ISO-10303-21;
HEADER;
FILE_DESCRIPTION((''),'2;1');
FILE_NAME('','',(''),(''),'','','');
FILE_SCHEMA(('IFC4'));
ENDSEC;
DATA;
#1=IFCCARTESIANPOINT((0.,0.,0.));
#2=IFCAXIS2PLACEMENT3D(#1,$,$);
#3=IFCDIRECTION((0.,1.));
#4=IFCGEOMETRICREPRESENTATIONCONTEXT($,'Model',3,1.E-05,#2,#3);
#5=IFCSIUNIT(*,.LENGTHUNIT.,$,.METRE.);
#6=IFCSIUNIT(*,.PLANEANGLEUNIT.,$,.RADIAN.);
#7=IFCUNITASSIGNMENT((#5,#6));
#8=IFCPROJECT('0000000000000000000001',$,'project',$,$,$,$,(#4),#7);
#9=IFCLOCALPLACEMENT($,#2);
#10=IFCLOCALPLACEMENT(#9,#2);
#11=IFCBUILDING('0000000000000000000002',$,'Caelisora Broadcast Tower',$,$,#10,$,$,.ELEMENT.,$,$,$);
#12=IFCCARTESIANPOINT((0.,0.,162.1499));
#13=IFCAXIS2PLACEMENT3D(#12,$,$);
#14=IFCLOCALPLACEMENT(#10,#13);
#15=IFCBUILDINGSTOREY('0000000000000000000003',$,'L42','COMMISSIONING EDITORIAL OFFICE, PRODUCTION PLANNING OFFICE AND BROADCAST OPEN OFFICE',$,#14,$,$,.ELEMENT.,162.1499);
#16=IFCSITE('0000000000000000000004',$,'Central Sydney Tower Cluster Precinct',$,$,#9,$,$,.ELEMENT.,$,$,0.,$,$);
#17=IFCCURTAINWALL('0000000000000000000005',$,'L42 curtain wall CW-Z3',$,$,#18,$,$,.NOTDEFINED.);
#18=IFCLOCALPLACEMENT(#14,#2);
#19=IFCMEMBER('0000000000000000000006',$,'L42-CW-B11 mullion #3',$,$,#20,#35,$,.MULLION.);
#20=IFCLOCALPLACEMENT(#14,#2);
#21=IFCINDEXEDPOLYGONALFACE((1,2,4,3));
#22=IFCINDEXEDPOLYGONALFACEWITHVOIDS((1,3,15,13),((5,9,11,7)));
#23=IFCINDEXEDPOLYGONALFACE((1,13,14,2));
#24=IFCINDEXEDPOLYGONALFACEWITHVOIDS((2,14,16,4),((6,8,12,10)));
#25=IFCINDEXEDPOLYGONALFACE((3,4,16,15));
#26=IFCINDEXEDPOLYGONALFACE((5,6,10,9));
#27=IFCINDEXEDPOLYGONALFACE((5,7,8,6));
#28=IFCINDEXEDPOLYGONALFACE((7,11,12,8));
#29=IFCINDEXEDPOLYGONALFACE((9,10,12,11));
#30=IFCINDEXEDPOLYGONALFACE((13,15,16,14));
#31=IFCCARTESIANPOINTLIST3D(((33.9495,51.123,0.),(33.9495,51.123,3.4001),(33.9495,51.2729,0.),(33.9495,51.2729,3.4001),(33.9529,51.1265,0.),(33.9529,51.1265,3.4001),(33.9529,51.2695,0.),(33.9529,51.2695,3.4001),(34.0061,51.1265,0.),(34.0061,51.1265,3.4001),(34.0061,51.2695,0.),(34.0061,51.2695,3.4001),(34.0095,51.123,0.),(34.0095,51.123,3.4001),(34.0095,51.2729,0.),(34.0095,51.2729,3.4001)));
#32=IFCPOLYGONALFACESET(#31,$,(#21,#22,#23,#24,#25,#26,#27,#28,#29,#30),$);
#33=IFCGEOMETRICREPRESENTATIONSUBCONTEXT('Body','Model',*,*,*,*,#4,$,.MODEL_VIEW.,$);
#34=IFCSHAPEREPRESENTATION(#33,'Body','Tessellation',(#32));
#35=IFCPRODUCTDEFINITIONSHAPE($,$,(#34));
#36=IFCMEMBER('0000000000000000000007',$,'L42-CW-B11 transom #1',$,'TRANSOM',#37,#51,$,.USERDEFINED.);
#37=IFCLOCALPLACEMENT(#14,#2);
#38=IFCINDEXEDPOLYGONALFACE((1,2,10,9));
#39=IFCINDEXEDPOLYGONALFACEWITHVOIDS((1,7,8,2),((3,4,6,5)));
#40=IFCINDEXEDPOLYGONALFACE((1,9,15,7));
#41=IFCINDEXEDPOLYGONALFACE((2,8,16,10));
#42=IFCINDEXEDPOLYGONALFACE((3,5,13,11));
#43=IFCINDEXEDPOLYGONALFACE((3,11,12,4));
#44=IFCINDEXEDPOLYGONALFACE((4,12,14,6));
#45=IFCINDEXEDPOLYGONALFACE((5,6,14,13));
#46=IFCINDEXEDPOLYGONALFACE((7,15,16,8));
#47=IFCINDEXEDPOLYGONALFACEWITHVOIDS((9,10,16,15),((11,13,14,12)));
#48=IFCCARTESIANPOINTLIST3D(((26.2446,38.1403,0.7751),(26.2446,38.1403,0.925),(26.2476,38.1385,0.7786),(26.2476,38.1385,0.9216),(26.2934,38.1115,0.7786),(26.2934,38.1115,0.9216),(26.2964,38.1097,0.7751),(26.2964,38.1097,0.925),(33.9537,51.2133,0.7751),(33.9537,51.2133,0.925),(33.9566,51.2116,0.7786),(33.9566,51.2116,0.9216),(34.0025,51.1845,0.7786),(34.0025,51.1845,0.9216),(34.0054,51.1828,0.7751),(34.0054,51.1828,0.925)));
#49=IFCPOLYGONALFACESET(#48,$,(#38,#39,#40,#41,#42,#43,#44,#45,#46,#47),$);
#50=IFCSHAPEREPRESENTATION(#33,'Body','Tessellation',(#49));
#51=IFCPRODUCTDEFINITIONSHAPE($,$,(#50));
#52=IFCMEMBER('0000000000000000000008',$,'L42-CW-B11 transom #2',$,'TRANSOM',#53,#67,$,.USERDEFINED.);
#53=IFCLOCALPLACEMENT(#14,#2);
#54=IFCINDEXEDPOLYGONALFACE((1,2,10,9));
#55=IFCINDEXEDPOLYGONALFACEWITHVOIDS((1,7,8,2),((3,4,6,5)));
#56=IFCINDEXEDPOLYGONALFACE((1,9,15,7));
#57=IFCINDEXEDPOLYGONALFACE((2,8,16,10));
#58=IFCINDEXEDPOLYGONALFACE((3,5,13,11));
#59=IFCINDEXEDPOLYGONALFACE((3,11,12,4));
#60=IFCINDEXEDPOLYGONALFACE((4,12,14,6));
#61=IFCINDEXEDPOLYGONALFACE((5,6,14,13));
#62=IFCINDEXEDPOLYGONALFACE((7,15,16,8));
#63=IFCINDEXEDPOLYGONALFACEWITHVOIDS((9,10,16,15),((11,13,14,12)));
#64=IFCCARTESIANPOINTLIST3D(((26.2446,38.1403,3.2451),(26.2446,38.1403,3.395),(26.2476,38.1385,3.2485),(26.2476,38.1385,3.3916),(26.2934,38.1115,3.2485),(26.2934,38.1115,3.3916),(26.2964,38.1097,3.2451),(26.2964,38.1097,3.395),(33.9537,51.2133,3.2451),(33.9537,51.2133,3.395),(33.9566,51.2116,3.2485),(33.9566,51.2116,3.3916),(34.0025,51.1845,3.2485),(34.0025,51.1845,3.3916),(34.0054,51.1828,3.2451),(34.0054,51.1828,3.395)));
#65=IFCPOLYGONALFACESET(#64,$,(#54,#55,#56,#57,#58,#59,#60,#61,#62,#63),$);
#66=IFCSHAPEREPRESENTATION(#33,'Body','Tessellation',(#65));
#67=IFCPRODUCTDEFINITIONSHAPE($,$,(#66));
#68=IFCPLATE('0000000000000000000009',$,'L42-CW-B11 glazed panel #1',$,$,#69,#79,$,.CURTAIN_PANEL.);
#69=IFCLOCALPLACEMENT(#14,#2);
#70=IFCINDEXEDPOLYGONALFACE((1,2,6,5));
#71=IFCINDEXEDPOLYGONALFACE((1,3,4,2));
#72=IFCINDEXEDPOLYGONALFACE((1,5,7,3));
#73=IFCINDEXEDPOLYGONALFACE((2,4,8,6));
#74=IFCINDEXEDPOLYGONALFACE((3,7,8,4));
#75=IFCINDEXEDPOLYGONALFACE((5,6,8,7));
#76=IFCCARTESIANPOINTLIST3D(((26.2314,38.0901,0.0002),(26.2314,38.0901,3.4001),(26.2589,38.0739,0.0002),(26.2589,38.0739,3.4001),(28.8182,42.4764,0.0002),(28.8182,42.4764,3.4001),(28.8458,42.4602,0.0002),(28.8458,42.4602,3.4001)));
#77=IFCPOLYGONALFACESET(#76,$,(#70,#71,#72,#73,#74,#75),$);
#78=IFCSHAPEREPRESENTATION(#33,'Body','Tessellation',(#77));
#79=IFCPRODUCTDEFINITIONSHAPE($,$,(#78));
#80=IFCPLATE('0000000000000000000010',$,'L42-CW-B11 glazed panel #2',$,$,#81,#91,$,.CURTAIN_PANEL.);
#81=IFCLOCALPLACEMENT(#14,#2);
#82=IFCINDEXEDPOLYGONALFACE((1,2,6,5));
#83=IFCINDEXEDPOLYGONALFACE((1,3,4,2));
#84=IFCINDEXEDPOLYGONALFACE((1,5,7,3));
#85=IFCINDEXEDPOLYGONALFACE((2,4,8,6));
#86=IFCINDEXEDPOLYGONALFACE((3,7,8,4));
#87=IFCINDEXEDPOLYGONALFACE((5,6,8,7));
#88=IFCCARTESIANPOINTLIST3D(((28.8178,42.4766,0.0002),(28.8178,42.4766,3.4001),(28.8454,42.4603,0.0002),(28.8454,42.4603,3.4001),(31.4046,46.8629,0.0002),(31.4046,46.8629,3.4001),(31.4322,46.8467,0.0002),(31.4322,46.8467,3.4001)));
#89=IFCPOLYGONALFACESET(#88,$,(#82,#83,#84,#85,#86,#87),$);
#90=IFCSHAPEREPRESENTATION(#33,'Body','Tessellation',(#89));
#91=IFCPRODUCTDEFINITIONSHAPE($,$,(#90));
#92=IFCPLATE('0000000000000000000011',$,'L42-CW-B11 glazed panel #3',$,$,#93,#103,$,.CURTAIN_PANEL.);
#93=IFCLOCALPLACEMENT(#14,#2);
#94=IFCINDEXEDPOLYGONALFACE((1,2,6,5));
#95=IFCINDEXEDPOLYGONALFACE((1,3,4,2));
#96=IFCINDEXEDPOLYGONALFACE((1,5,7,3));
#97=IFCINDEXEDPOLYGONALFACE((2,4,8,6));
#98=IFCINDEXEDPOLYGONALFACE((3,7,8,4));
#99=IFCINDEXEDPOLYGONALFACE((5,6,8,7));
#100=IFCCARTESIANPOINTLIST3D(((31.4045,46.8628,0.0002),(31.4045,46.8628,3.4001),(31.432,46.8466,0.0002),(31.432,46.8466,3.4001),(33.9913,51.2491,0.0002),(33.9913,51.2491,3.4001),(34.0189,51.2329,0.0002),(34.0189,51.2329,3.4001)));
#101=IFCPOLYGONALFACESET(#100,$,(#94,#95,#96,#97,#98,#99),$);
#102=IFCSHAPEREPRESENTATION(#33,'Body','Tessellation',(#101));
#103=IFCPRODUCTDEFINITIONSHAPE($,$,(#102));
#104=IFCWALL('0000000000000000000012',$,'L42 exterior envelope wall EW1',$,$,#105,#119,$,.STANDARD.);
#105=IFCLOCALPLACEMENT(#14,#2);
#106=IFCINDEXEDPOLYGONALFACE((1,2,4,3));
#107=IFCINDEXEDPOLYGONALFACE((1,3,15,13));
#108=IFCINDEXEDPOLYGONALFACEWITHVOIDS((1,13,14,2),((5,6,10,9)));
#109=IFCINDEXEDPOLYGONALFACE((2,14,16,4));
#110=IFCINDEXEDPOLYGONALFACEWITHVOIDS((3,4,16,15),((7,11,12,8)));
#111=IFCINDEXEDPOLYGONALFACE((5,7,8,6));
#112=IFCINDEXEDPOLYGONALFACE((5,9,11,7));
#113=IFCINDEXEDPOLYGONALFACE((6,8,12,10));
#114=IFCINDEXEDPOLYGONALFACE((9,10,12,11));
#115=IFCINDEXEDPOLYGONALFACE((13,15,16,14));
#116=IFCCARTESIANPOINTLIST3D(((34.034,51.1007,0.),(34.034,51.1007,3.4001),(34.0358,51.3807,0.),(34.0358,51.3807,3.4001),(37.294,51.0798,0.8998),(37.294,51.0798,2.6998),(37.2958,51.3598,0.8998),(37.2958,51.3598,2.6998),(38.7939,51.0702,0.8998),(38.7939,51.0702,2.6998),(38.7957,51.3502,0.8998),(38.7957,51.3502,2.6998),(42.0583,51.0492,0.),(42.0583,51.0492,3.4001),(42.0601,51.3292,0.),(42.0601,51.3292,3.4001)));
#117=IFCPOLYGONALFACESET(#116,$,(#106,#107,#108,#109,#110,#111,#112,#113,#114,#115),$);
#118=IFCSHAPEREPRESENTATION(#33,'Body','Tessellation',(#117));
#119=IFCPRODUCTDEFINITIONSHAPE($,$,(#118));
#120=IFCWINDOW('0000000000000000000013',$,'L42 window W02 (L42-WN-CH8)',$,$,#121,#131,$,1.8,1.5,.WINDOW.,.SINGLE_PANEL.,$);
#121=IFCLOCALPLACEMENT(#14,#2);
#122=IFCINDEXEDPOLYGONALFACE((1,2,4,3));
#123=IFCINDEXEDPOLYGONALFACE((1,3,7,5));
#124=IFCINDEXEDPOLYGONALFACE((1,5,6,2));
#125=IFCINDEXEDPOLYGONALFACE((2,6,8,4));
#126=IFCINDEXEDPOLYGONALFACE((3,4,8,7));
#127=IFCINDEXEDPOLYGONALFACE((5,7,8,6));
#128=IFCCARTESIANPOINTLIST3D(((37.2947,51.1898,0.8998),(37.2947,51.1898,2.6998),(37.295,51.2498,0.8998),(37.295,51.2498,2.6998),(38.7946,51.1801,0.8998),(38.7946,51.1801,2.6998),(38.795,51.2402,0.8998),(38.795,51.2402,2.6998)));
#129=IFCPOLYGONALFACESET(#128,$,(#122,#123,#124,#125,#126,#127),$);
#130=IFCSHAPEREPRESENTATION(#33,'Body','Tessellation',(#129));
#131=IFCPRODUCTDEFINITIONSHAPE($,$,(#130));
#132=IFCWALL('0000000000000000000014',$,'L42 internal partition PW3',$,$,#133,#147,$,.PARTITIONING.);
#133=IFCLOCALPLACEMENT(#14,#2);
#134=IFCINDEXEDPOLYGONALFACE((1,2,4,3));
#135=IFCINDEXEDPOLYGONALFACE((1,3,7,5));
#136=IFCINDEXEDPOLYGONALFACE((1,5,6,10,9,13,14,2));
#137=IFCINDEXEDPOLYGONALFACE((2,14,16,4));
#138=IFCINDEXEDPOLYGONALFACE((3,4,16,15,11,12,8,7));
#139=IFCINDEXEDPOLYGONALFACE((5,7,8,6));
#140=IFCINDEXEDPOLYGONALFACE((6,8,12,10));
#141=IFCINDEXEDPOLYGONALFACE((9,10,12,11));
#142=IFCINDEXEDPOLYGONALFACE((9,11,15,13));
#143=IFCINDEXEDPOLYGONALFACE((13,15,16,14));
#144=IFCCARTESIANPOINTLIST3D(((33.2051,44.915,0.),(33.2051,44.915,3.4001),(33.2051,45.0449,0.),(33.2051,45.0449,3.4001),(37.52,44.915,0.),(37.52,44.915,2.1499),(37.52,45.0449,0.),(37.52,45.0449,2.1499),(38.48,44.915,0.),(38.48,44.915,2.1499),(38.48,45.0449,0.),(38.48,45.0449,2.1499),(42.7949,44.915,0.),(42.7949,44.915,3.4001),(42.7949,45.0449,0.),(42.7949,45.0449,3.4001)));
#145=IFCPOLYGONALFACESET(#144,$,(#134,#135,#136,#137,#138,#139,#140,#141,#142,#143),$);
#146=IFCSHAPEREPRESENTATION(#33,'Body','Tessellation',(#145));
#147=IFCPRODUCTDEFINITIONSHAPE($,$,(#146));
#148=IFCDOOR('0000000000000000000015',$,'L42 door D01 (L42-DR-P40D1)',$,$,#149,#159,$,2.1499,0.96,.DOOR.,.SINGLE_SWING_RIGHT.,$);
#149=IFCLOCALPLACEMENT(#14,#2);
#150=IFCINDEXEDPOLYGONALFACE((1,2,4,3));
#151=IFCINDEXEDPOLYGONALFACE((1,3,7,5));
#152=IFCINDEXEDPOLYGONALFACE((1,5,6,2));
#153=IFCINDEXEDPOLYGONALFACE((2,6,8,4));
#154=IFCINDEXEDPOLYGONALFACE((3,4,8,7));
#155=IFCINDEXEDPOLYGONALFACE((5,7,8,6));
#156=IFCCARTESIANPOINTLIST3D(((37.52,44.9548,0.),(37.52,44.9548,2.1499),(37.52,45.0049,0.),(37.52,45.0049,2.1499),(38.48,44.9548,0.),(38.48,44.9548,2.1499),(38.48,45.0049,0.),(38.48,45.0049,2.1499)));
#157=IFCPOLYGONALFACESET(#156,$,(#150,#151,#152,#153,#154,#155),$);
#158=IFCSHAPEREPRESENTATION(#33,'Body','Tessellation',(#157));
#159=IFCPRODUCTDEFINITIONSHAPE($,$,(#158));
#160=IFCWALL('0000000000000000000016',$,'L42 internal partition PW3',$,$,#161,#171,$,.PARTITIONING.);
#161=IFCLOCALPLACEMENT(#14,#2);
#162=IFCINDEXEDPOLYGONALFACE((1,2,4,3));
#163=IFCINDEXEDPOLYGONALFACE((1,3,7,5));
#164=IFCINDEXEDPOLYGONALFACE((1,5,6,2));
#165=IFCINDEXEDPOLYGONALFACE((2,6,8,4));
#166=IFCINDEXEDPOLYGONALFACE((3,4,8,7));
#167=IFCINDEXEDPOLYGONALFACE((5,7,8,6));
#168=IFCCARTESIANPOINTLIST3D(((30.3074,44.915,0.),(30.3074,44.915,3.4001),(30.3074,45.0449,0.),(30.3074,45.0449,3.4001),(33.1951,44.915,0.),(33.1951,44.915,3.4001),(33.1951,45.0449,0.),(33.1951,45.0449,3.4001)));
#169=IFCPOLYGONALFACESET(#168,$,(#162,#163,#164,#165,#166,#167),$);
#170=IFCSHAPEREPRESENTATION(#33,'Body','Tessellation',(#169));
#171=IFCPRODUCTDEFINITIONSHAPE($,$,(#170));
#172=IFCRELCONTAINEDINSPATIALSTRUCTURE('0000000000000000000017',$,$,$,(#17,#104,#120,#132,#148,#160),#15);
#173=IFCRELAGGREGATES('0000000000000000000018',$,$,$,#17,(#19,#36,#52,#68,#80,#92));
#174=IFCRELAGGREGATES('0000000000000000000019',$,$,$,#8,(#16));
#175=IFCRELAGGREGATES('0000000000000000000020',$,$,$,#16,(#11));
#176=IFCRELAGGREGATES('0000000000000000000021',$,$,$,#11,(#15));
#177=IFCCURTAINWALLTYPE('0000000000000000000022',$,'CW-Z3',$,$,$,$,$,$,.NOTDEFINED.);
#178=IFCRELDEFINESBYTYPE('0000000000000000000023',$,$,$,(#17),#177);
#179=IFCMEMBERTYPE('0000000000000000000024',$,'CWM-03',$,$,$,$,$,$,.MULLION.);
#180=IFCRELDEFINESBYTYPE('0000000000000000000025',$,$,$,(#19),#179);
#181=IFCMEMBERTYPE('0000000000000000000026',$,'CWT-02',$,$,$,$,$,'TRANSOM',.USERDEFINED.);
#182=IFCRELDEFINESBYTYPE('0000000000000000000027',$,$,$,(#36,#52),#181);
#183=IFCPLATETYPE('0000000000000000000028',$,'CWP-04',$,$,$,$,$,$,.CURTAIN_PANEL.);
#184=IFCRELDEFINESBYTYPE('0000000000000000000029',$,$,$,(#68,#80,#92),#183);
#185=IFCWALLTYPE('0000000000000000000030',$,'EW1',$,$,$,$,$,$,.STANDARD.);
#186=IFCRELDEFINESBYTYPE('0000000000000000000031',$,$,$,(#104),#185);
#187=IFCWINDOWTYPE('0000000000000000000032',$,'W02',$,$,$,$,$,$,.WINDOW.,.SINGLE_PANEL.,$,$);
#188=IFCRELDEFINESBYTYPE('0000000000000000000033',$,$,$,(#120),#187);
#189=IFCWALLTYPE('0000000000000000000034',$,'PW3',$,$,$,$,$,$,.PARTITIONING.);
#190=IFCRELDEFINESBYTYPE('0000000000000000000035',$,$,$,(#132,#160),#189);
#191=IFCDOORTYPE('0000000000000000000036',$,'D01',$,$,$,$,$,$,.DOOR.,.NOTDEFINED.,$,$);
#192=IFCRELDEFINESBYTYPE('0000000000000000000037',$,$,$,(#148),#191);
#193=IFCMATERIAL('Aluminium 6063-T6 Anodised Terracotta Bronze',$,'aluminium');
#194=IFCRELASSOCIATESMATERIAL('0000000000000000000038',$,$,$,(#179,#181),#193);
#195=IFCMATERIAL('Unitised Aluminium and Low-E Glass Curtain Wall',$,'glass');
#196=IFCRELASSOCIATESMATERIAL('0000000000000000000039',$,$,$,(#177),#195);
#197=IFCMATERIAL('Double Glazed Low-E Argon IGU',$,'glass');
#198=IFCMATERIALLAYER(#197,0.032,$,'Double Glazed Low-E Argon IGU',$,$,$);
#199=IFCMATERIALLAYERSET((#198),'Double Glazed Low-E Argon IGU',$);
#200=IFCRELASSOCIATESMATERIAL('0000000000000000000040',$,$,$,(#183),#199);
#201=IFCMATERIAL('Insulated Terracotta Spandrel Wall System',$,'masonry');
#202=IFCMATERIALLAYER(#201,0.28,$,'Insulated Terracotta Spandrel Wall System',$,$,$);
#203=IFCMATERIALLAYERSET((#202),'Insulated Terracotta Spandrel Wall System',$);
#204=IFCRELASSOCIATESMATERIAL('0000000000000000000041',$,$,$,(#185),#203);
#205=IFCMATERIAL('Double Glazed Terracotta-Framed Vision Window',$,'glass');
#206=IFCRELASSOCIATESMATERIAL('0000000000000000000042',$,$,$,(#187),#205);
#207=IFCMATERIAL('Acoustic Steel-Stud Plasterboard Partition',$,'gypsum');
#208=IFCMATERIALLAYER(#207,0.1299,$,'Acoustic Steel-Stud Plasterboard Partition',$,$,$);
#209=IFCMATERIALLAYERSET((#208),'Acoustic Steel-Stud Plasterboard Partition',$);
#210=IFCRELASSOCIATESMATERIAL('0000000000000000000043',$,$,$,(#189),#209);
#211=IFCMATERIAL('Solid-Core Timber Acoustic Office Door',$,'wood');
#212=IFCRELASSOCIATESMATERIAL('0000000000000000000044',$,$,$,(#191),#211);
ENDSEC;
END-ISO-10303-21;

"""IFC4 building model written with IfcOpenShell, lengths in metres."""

from ifc_helpers import new_model, si_unit, direction, frame, frame_2d, origin, origin_2d, place, context, subcontext, project, spatial, rectangle, hollow_rectangle, extrude, source, transform, mapped, material, layer, layer_set, material_profile, profile_set, type_object, type_shapes, element, fill, aggregate, save


model = new_model("IFC4")

# Units and contexts
model_context = context("Model", 3, precision=1e-05, world=origin(), true_north=direction((0.0, 1.0)))
body_context = subcontext(model_context, "Body", "Model", "MODEL_VIEW")
ifc_project = project(units=[si_unit("LENGTHUNIT", "METRE"), si_unit("PLANEANGLEUNIT", "RADIAN")], contexts=[model_context])

# Site, building, storey
site_placement = place(None, origin())
site = spatial("IfcSite", under=ifc_project, at=site_placement, Name="Central Sydney Tower Cluster Precinct", CompositionType="ELEMENT", RefElevation=0.0)
building_placement = place(site_placement, origin())
building = spatial("IfcBuilding", under=site, at=building_placement, Name="Caelisora Broadcast Tower", CompositionType="ELEMENT")
storey_placement = place(building_placement, frame((0.0, 0.0, 162.1499)))
storey = spatial("IfcBuildingStorey", under=building, at=storey_placement, Name="L42", Description="COMMISSIONING EDITORIAL OFFICE, PRODUCTION PLANNING OFFICE AND BROADCAST OPEN OFFICE", CompositionType="ELEMENT", Elevation=162.1499)

# Shared definitions
ifc_material_1 = material(Name="Aluminium 6063-T6 Anodised Terracotta Bronze", Category="aluminium")
ifc_material_profile_1 = material_profile(ifc_material_1, hollow_rectangle(XDim=0.0601, YDim=0.1499, WallThickness=0.0034, at=origin_2d()), Name="Aluminium 6063-T6 Anodised Terracotta Bronze")
ifc_profile_set_1 = profile_set([ifc_material_profile_1], Name="Aluminium 6063-T6 Anodised Terracotta Bronze")
member_type_1 = type_object("IfcMemberType", Name="CWM-03", PredefinedType="MULLION", material=ifc_profile_set_1)
shared_shape_1 = source(origin(), body_context, "Body", "SweptSolid", [
    extrude(hollow_rectangle(XDim=0.0601, YDim=0.1499, WallThickness=0.0034, at=origin_2d()), origin(), (0.0, 0.0, 1.0), 3.4001),
])
type_shapes(member_type_1, [shared_shape_1])

# Curtain wall, members, plates
ifc_material_2 = material(Name="Unitised Aluminium and Low-E Glass Curtain Wall", Category="glass")
curtain_wall_type_1 = type_object("IfcCurtainWallType", Name="CW-Z3", PredefinedType="NOTDEFINED", material=ifc_material_2)
curtain_wall_1_placement = place(storey_placement, origin())
curtain_wall_1 = element("IfcCurtainWall", 1, at=curtain_wall_1_placement, inside=storey, type_object=curtain_wall_type_1, Name="L42 curtain wall CW-Z3", PredefinedType="NOTDEFINED")
member_1_placement = place(storey_placement, frame((33.9795, 51.198, 0.0), z_axis=(0.0, 0.0, 1.0), x_axis=(1.0, 0.0, 0.0)))
member_1 = element("IfcMember", 2, at=member_1_placement, type_object=member_type_1, Name="L42-CW-B11 mullion #3", PredefinedType="MULLION", context=body_context, shape_type="MappedRepresentation", body=[
    mapped(shared_shape_1, transform((0.0, 0.0, 0.0), scale=1.0)),
])
ifc_material_profile_2 = material_profile(ifc_material_1, hollow_rectangle(XDim=0.0601, YDim=0.1499, WallThickness=0.0034, at=origin_2d()), Name="Aluminium 6063-T6 Anodised Terracotta Bronze")
ifc_profile_set_2 = profile_set([ifc_material_profile_2], Name="Aluminium 6063-T6 Anodised Terracotta Bronze")
member_type_2 = type_object("IfcMemberType", Name="CWT-02", ElementType="TRANSOM", PredefinedType="USERDEFINED", material=ifc_profile_set_2)
shared_shape_2 = source(origin(), body_context, "Body", "SweptSolid", [
    extrude(hollow_rectangle(XDim=0.0601, YDim=0.1499, WallThickness=0.0034, at=origin_2d()), origin(), (0.0, 0.0, 1.0), 15.1768),
])
type_shapes(member_type_2, [shared_shape_2])
member_2_placement = place(storey_placement, frame((26.2705, 38.125, 0.8501), z_axis=(0.507949, 0.861387, 0.0), x_axis=(-0.861387, 0.507949, 0.0)))
member_2 = element("IfcMember", 3, at=member_2_placement, type_object=member_type_2, Name="L42-CW-B11 transom #1", ObjectType="TRANSOM", PredefinedType="USERDEFINED", context=body_context, shape_type="MappedRepresentation", body=[
    mapped(shared_shape_2, transform((0.0, 0.0, 0.0), scale=1.0)),
])
member_3_placement = place(storey_placement, frame((26.2705, 38.125, 3.3201), z_axis=(0.507949, 0.861387, 0.0), x_axis=(-0.861387, 0.507949, 0.0)))
member_3 = element("IfcMember", 4, at=member_3_placement, type_object=member_type_2, Name="L42-CW-B11 transom #2", ObjectType="TRANSOM", PredefinedType="USERDEFINED", context=body_context, shape_type="MappedRepresentation", body=[
    mapped(shared_shape_2, transform((0.0, 0.0, 0.0), scale=1.0)),
])
ifc_material_3 = material(Name="Double Glazed Low-E Argon IGU", Category="glass")
ifc_layer_1 = layer(ifc_material_3, 0.032, Name="Double Glazed Low-E Argon IGU")
ifc_layer_set_1 = layer_set([ifc_layer_1], Name="Double Glazed Low-E Argon IGU")
plate_type = type_object("IfcPlateType", Name="CWP-04", PredefinedType="CURTAIN_PANEL", material=ifc_layer_set_1)
shared_shape_3 = source(origin(), body_context, "Body", "SweptSolid", [
    extrude(rectangle(XDim=5.0923, YDim=0.032, at=origin_2d()), origin(), (0.0, 0.0, 1.0), 3.3999),
])
type_shapes(plate_type, [shared_shape_3])
plate_1_placement = place(storey_placement, frame((27.5386, 40.2751, 0.0002), z_axis=(0.0, 0.0, 1.0), x_axis=(0.507989, 0.861363, 0.0)))
plate_1 = element("IfcPlate", 5, at=plate_1_placement, type_object=plate_type, Name="L42-CW-B11 glazed panel #1", PredefinedType="CURTAIN_PANEL", context=body_context, shape_type="MappedRepresentation", body=[
    mapped(shared_shape_3, transform((0.0, 0.0, 0.0), scale=1.0)),
])
plate_2_placement = place(storey_placement, frame((30.125, 44.6616, 0.0002), z_axis=(0.0, 0.0, 1.0), x_axis=(0.507989, 0.861363, 0.0)))
plate_2 = element("IfcPlate", 6, at=plate_2_placement, type_object=plate_type, Name="L42-CW-B11 glazed panel #2", PredefinedType="CURTAIN_PANEL", context=body_context, shape_type="MappedRepresentation", body=[
    mapped(shared_shape_3, transform((0.0, 0.0, 0.0), scale=1.0)),
])
plate_3_placement = place(storey_placement, frame((32.7117, 49.0479, 0.0002), z_axis=(0.0, 0.0, 1.0), x_axis=(0.507989, 0.861363, 0.0)))
plate_3 = element("IfcPlate", 7, at=plate_3_placement, type_object=plate_type, Name="L42-CW-B11 glazed panel #3", PredefinedType="CURTAIN_PANEL", context=body_context, shape_type="MappedRepresentation", body=[
    mapped(shared_shape_3, transform((0.0, 0.0, 0.0), scale=1.0)),
])
aggregate(curtain_wall_1, [member_1, member_2, member_3, plate_1, plate_2, plate_3])

# Wall, opening, window
ifc_material_4 = material(Name="Insulated Terracotta Spandrel Wall System", Category="masonry")
ifc_layer_2 = layer(ifc_material_4, 0.28, Name="Insulated Terracotta Spandrel Wall System")
ifc_layer_set_2 = layer_set([ifc_layer_2], Name="Insulated Terracotta Spandrel Wall System")
wall_type_1 = type_object("IfcWallType", Name="EW1", PredefinedType="STANDARD", material=ifc_layer_set_2)
wall_1_placement = place(storey_placement, frame((34.0349, 51.2407, 0.0), z_axis=(0.0, 0.0, 1.0), x_axis=(0.999979, -0.00642, 0.0)))
wall_1 = element("IfcWall", 8, at=wall_1_placement, inside=storey, type_object=wall_type_1, Name="L42 exterior envelope wall EW1", PredefinedType="STANDARD", context=body_context, shape_type="SweptSolid", body=[
    extrude(rectangle(XDim=8.0244, YDim=0.28, at=frame_2d((4.0122, 0.0))), origin(), (0.0, 0.0, 1.0), 3.4001),
])
opening_1_placement = place(wall_1_placement, frame((3.26, 0.0, 0.8999)))
opening_1 = element("IfcOpeningElement", 9, at=opening_1_placement, cuts=wall_1, PredefinedType="OPENING", context=body_context, shape_type="SweptSolid", body=[
    extrude(rectangle(XDim=1.5, YDim=1.8, at=frame_2d((0.75, 0.8999))), frame((0.0, 0.1521, 0.0), z_axis=(0.0, -1.0, 0.0), x_axis=(1.0, 0.0, 0.0)), (0.0, 0.0, 1.0), 0.304),
])
ifc_material_5 = material(Name="Double Glazed Terracotta-Framed Vision Window", Category="glass")
window_type = type_object("IfcWindowType", Name="W02", PartitioningType="SINGLE_PANEL", PredefinedType="WINDOW", material=ifc_material_5)
window_placement = place(opening_1_placement, origin())
window = element("IfcWindow", 10, at=window_placement, inside=storey, type_object=window_type, Name="L42 window W02 (L42-WN-CH8)", OverallHeight=1.8, OverallWidth=1.5, PartitioningType="SINGLE_PANEL", PredefinedType="WINDOW", context=body_context, shape_type="SweptSolid", body=[
    extrude(rectangle(XDim=1.5, YDim=1.8, at=frame_2d((0.75, 0.8999))), frame((0.0, 0.03, 0.0), z_axis=(0.0, -1.0, 0.0), x_axis=(1.0, 0.0, 0.0)), (0.0, 0.0, 1.0), 0.0601),
])
fill(opening_1, window)

# Wall, opening, door
ifc_material_6 = material(Name="Acoustic Steel-Stud Plasterboard Partition", Category="gypsum")
ifc_layer_3 = layer(ifc_material_6, 0.1299, Name="Acoustic Steel-Stud Plasterboard Partition")
ifc_layer_set_3 = layer_set([ifc_layer_3], Name="Acoustic Steel-Stud Plasterboard Partition")
wall_type_2 = type_object("IfcWallType", Name="PW3", PredefinedType="PARTITIONING", material=ifc_layer_set_3)
wall_2_placement = place(storey_placement, frame((33.2051, 44.98, 0.0), z_axis=(0.0, 0.0, 1.0), x_axis=(1.0, 0.0, 0.0)))
wall_2 = element("IfcWall", 11, at=wall_2_placement, inside=storey, type_object=wall_type_2, Name="L42 internal partition PW3", PredefinedType="PARTITIONING", context=body_context, shape_type="SweptSolid", body=[
    extrude(rectangle(XDim=9.5898, YDim=0.1299, at=frame_2d((4.7949, 0.0))), origin(), (0.0, 0.0, 1.0), 3.4001),
])
opening_2_placement = place(wall_2_placement, frame((4.3149, 0.0, 0.0)))
opening_2 = element("IfcOpeningElement", 12, at=opening_2_placement, cuts=wall_2, PredefinedType="OPENING", context=body_context, shape_type="SweptSolid", body=[
    extrude(rectangle(XDim=0.96, YDim=2.1499, at=frame_2d((0.48, 1.075))), frame((0.0, 0.0769, 0.0), z_axis=(0.0, -1.0, 0.0), x_axis=(1.0, 0.0, 0.0)), (0.0, 0.0, 1.0), 0.1538),
])
ifc_material_7 = material(Name="Solid-Core Timber Acoustic Office Door", Category="wood")
door_type = type_object("IfcDoorType", Name="D01", OperationType="NOTDEFINED", PredefinedType="DOOR", material=ifc_material_7)
door_placement = place(opening_2_placement, origin())
door = element("IfcDoor", 13, at=door_placement, inside=storey, type_object=door_type, Name="L42 door D01 (L42-DR-P40D1)", OperationType="SINGLE_SWING_RIGHT", OverallHeight=2.1499, OverallWidth=0.96, PredefinedType="DOOR", context=body_context, shape_type="SweptSolid", body=[
    extrude(rectangle(XDim=0.96, YDim=2.1499, at=frame_2d((0.48, 1.075))), frame((0.0, 0.0249, 0.0), z_axis=(0.0, -1.0, 0.0), x_axis=(1.0, 0.0, 0.0)), (0.0, 0.0, 1.0), 0.05),
])
fill(opening_2, door)

# Wall
wall_3_placement = place(storey_placement, frame((30.3074, 44.98, 0.0), z_axis=(0.0, 0.0, 1.0), x_axis=(1.0, 0.0, 0.0)))
element("IfcWall", 14, at=wall_3_placement, inside=storey, type_object=wall_type_2, Name="L42 internal partition PW3", PredefinedType="PARTITIONING", context=body_context, shape_type="SweptSolid", body=[
    extrude(rectangle(XDim=2.8877, YDim=0.1299, at=frame_2d((1.4438, 0.0))), origin(), (0.0, 0.0, 1.0), 3.4001),
])

save(model, "model.ifc")
